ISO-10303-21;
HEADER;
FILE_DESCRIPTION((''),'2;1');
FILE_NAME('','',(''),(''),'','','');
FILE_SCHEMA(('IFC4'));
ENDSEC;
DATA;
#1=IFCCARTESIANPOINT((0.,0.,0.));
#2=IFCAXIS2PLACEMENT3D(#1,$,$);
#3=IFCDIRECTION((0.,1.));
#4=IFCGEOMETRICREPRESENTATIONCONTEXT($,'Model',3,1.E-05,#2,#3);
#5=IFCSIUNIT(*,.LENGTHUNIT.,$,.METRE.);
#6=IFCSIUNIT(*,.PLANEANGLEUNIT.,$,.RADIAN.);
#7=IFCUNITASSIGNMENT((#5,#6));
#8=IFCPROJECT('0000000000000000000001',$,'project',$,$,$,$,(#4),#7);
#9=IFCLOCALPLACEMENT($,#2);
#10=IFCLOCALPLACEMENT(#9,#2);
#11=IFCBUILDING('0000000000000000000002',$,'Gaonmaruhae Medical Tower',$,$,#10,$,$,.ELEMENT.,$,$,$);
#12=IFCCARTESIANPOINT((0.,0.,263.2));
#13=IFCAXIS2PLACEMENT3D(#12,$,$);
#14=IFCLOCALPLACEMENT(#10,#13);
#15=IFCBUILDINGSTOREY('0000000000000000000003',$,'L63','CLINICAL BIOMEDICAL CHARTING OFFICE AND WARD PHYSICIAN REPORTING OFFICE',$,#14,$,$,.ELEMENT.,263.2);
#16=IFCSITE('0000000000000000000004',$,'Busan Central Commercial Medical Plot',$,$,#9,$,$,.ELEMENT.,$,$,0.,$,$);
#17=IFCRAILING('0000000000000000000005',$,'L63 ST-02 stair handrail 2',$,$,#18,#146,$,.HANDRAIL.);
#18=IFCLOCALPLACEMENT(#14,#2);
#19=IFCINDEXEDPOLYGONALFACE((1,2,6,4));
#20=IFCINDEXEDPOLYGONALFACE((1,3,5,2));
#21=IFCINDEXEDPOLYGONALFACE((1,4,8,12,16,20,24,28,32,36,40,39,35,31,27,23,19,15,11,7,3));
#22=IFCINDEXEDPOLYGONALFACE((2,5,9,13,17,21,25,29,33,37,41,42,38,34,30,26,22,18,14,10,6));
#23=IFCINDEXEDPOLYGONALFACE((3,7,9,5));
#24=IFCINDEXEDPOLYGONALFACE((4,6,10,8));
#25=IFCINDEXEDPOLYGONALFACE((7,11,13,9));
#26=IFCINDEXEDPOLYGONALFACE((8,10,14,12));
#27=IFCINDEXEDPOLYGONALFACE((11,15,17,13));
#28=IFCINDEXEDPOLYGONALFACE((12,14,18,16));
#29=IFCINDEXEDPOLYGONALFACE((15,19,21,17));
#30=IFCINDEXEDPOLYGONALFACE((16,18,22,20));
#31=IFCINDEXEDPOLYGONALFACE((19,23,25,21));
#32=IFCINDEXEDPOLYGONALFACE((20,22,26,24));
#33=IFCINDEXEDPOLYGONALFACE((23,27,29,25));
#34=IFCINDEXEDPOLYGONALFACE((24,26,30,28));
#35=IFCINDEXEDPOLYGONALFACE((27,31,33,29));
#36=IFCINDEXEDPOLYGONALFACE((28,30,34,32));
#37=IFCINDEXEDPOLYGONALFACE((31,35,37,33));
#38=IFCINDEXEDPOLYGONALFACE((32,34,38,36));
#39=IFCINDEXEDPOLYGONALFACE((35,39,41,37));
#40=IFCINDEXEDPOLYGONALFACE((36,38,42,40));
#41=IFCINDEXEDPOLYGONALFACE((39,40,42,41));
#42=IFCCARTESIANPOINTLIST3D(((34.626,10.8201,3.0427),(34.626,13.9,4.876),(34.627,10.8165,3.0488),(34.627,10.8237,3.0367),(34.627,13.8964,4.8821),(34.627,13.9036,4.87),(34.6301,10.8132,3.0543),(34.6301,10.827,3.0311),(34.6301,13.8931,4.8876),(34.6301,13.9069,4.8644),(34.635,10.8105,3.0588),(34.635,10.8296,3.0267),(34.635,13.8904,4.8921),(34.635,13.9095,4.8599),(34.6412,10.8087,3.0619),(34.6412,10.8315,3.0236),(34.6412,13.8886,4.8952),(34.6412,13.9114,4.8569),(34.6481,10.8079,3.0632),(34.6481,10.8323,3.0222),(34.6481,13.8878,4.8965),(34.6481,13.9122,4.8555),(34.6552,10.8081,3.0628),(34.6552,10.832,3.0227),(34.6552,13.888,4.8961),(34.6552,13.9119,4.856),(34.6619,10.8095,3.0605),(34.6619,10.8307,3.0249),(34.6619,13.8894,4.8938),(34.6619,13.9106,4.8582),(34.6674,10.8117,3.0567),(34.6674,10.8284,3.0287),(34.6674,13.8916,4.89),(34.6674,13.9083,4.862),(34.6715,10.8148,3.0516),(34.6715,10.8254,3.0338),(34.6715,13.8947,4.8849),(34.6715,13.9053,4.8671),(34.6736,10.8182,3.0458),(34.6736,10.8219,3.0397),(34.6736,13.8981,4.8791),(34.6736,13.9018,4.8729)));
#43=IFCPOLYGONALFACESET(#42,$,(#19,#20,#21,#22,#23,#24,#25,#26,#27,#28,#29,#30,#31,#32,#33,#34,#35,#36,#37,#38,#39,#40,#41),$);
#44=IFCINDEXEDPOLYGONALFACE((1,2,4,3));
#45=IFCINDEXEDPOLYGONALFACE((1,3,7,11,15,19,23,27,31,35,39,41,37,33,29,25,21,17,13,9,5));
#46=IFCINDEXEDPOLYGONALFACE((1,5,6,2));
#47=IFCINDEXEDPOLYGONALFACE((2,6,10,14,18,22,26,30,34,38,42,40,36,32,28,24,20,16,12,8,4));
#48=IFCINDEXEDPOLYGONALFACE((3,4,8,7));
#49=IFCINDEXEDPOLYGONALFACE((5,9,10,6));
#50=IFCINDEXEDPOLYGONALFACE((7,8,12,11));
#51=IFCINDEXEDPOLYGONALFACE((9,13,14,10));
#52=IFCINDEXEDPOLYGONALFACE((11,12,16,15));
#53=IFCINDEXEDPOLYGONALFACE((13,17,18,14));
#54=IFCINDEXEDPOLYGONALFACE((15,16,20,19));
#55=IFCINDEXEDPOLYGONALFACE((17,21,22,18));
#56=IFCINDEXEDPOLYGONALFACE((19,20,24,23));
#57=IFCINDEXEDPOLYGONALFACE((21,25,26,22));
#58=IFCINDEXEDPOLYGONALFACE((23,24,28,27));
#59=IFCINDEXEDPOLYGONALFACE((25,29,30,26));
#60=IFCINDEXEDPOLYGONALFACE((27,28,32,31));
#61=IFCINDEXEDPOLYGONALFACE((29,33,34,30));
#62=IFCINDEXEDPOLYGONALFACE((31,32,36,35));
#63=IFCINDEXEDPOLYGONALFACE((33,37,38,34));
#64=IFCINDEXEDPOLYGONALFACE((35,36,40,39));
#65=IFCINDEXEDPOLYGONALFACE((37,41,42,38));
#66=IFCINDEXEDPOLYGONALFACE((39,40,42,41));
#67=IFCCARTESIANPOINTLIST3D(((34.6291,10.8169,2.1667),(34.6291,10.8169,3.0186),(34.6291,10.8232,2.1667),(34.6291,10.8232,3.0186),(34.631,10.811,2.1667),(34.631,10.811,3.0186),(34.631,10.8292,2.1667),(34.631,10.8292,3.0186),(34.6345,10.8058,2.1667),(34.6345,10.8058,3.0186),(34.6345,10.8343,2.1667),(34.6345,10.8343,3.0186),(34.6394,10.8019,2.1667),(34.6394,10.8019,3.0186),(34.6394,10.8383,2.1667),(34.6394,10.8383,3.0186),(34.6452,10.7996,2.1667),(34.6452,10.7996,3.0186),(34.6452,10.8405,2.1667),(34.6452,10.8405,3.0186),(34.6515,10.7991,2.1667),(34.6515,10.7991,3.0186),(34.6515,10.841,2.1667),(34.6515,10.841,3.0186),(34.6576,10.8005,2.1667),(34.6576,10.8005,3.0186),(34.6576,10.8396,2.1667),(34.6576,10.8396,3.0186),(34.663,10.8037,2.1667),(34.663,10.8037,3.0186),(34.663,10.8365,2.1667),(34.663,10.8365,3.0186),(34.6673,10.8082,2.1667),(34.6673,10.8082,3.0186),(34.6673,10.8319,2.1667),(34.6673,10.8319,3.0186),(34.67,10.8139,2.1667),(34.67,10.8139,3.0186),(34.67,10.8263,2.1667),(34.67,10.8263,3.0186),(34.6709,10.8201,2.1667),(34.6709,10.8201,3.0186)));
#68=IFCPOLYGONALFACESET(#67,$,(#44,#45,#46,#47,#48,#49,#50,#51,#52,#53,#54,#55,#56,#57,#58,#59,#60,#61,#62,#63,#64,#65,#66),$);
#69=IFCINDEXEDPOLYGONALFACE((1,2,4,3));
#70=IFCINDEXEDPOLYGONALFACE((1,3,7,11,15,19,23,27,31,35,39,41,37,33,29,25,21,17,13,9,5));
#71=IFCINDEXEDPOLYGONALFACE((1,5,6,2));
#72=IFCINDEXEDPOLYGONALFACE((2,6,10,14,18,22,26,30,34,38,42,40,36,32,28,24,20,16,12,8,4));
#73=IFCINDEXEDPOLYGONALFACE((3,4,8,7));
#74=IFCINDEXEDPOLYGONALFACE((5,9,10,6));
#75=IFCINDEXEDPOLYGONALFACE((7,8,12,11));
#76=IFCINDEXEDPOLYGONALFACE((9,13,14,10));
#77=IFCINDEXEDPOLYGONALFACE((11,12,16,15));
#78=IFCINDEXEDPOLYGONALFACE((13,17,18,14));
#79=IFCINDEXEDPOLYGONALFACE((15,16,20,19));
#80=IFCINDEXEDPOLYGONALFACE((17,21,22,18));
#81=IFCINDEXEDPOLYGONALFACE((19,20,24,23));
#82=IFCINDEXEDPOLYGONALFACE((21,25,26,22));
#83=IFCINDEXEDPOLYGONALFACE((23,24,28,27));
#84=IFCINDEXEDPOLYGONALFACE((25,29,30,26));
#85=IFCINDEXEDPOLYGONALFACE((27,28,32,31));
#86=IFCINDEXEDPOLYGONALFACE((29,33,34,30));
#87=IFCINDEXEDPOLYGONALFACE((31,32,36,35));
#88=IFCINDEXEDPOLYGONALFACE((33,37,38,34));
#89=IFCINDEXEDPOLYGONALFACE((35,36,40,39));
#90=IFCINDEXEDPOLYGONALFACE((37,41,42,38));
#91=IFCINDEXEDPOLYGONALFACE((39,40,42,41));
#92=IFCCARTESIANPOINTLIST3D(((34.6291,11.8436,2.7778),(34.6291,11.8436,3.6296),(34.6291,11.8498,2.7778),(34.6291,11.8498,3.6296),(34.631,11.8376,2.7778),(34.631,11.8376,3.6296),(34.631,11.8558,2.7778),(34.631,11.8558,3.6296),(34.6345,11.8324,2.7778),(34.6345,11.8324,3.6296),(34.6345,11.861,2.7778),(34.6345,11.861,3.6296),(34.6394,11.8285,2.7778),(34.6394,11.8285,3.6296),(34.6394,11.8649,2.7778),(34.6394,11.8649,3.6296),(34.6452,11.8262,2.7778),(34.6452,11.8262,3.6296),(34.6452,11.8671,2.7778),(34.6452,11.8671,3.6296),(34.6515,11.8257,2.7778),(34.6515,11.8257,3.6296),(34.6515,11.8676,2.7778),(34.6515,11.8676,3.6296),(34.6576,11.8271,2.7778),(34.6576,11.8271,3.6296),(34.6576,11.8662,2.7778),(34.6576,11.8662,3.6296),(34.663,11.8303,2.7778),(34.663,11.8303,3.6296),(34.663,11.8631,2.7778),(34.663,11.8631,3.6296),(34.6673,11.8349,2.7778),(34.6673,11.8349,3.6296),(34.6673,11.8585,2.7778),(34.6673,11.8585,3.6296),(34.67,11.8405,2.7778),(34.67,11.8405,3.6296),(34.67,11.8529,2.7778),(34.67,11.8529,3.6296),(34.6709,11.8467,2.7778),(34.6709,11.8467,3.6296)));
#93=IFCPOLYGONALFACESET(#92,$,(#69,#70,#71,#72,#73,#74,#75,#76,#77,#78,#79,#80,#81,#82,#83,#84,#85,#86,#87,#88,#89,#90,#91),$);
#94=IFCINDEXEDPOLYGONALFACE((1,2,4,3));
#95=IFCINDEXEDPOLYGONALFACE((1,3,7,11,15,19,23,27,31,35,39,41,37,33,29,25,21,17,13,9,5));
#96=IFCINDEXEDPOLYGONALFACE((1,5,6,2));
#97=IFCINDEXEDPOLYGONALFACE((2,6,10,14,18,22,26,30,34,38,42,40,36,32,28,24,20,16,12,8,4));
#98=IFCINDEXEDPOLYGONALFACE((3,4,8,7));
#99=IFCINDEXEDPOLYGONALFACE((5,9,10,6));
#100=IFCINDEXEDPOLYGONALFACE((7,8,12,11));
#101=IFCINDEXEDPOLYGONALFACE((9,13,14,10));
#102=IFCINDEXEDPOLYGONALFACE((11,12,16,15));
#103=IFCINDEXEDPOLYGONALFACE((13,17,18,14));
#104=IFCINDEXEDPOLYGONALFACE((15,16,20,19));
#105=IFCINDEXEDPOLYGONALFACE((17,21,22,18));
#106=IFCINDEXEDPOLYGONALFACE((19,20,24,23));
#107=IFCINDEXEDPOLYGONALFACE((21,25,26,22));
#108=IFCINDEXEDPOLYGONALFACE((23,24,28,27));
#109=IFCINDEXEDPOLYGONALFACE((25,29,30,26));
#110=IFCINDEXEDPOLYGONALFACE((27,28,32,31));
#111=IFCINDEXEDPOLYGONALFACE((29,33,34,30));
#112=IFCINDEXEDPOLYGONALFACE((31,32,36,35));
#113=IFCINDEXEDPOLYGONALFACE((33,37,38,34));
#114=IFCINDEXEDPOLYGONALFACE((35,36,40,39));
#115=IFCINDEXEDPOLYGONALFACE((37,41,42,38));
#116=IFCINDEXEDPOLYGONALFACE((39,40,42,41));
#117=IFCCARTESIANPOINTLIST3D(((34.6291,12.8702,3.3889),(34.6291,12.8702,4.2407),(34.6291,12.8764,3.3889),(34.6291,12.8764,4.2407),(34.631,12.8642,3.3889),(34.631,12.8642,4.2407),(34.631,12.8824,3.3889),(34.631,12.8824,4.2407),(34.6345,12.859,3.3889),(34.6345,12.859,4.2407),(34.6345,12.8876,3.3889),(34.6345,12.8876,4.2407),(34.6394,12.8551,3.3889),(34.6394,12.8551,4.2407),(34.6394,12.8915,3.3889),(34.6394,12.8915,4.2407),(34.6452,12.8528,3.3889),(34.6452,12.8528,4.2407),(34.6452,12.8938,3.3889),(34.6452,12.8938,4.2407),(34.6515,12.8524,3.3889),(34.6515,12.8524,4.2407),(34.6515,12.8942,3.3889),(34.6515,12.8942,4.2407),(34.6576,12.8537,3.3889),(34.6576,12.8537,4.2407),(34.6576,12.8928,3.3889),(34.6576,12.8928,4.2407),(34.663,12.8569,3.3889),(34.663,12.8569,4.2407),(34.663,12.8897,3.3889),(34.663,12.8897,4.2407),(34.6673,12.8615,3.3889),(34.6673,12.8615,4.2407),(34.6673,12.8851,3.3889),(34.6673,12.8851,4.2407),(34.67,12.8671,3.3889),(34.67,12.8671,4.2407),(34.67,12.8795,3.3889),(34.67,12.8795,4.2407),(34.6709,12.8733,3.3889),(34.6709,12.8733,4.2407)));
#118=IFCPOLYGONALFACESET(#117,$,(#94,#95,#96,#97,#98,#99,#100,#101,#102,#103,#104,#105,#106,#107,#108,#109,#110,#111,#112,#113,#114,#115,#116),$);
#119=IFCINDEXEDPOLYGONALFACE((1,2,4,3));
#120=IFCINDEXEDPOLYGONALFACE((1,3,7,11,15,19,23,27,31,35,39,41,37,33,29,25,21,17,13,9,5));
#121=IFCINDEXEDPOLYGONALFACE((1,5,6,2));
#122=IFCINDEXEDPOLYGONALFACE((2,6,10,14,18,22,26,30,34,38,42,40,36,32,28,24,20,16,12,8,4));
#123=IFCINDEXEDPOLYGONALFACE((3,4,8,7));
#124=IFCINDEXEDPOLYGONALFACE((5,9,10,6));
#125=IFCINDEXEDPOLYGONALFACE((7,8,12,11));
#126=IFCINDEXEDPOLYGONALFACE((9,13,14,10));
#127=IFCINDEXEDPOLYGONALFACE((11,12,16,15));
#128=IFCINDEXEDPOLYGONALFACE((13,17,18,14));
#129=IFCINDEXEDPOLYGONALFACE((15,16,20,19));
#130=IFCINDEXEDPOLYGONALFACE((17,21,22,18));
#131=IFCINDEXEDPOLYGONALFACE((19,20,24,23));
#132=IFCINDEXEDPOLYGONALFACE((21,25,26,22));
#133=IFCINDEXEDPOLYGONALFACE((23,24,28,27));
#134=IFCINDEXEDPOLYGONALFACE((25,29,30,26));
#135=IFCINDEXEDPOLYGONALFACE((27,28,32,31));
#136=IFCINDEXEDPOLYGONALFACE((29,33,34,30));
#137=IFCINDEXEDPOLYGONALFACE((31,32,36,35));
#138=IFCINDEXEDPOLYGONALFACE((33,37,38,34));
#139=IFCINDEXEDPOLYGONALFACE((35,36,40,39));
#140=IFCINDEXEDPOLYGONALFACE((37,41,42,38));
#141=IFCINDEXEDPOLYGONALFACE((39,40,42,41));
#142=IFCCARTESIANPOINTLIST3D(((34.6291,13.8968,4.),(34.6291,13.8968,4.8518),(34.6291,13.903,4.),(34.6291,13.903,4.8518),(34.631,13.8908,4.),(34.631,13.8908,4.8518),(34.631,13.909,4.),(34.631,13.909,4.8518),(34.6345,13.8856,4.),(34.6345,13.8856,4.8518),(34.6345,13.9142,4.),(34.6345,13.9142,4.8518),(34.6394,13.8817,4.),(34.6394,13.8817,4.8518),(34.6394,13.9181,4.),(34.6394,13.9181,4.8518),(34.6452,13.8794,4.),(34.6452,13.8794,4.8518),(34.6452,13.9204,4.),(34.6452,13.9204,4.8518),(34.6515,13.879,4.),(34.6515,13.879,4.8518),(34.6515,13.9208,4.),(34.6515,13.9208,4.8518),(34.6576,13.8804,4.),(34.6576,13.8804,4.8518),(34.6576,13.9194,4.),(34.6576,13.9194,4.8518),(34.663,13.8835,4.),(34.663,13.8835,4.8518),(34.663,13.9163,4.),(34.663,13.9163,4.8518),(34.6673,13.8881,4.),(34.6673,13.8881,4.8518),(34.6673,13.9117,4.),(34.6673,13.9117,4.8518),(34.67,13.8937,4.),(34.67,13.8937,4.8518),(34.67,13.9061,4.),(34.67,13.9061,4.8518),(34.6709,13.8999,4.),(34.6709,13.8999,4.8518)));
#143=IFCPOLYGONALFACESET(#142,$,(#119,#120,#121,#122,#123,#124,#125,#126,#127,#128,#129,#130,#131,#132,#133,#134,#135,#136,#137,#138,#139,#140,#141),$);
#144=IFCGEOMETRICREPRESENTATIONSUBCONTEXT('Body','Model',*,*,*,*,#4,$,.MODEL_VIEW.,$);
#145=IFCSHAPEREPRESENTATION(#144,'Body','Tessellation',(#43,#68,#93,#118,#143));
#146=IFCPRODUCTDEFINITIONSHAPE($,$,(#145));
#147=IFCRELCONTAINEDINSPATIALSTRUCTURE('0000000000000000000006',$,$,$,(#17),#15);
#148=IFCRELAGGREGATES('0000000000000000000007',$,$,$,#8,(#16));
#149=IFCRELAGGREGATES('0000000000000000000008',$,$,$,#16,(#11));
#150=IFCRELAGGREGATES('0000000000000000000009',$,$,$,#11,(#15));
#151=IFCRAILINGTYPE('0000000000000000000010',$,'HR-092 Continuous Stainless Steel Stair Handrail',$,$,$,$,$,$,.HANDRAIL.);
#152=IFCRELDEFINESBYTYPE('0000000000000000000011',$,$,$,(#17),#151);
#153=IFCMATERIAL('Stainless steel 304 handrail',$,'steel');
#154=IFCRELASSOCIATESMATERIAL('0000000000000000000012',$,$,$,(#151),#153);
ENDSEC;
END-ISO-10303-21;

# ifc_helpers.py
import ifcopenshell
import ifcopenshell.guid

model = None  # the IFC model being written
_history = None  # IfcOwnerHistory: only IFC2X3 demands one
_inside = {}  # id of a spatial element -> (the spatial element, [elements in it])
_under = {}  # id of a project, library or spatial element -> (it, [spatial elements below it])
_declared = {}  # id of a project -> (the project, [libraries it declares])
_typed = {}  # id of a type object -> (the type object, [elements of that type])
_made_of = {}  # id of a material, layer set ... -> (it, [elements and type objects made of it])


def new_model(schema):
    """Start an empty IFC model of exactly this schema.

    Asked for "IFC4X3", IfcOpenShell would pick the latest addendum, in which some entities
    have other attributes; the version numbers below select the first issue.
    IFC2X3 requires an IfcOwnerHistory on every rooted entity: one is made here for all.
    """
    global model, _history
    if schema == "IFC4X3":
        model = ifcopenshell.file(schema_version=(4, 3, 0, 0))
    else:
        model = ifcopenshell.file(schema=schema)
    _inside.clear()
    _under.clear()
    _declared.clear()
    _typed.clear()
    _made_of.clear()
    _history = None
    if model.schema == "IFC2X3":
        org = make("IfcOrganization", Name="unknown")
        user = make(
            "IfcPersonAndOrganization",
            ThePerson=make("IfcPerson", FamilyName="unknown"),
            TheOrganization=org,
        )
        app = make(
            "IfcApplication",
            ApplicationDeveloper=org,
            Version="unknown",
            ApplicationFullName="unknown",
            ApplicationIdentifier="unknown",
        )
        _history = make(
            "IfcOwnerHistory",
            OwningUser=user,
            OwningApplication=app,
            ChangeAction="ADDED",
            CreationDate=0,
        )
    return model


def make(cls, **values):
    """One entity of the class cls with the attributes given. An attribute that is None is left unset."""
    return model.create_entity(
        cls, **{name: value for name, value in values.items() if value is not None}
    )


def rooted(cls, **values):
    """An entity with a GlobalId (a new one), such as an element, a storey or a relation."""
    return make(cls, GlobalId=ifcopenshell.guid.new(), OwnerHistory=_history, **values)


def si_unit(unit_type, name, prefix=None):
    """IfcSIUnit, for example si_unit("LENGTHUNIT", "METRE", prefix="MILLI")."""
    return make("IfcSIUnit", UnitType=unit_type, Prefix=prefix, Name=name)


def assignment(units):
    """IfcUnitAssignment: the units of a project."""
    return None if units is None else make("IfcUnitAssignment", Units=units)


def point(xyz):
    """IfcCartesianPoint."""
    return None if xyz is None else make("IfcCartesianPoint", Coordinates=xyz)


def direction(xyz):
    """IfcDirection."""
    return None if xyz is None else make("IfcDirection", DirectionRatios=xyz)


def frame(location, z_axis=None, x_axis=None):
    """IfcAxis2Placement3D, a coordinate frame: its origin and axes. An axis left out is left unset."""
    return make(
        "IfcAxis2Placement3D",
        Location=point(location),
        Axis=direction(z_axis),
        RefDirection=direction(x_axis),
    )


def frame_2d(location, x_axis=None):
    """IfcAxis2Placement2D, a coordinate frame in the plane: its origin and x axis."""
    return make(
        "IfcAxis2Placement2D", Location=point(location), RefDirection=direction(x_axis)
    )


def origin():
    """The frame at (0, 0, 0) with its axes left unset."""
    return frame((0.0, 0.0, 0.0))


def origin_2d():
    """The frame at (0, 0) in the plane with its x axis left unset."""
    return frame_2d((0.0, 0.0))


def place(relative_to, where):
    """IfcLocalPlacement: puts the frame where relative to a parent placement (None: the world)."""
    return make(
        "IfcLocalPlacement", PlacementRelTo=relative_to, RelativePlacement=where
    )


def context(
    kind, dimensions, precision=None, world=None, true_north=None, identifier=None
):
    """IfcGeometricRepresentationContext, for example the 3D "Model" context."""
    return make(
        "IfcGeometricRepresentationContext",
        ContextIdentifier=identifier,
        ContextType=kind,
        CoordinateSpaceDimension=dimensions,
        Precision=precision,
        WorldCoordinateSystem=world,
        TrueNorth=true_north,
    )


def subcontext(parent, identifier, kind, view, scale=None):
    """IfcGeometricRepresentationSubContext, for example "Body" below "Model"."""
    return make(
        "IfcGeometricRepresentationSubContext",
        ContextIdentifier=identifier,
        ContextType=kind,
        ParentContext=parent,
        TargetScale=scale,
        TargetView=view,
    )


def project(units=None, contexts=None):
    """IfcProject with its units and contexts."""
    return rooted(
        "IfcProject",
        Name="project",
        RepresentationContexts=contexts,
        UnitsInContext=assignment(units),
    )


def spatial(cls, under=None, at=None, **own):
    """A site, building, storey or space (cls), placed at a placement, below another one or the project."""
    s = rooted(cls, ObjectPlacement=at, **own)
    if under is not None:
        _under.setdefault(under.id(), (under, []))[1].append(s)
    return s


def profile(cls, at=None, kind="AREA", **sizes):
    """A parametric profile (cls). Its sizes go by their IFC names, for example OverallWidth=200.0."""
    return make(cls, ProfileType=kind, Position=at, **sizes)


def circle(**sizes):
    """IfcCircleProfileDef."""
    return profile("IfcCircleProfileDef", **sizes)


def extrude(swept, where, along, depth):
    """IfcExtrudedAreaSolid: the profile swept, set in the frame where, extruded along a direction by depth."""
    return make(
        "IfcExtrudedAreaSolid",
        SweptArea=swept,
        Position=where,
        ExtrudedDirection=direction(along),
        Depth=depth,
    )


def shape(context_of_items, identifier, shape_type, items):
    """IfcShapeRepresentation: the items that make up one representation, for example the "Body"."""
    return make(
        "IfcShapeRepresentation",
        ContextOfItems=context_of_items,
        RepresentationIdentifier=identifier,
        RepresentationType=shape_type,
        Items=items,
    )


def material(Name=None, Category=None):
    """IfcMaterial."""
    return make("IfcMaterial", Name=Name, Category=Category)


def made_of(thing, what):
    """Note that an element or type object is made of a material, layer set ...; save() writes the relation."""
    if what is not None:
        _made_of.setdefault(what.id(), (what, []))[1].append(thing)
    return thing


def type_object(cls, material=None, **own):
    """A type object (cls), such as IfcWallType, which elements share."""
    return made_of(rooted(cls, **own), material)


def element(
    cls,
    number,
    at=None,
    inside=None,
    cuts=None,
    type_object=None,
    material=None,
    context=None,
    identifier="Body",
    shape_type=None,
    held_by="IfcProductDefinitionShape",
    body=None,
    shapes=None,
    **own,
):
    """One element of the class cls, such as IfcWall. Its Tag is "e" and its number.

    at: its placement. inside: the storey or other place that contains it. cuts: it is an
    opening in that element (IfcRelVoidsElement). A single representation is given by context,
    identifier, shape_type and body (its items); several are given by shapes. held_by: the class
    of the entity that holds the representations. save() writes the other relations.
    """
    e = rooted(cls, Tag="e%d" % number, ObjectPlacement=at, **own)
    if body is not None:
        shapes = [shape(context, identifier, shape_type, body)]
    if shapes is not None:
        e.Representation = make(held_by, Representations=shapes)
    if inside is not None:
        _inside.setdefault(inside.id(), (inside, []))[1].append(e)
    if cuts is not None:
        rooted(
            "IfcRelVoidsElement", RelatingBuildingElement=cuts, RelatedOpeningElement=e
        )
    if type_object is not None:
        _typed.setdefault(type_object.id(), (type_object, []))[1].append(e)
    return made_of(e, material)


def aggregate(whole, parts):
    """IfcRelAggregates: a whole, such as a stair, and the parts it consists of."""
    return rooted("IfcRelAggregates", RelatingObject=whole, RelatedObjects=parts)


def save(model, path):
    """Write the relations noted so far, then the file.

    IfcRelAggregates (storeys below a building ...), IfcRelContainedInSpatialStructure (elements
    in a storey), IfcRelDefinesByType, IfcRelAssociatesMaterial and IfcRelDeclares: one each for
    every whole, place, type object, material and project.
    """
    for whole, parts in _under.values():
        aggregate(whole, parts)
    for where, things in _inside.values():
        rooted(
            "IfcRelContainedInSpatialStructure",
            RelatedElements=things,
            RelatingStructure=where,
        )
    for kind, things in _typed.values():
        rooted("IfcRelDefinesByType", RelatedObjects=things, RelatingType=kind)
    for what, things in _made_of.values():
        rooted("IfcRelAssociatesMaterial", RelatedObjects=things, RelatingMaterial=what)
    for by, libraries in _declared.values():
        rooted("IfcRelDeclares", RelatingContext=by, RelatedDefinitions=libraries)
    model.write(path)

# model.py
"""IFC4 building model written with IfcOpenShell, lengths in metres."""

from ifc_helpers import new_model, si_unit, direction, frame, origin, origin_2d, place, context, subcontext, project, spatial, circle, extrude, material, type_object, element, save


model = new_model("IFC4")

# Units and contexts
model_context = context("Model", 3, precision=1e-05, world=origin(), true_north=direction((0.0, 1.0)))
body_context = subcontext(model_context, "Body", "Model", "MODEL_VIEW")
ifc_project = project(units=[si_unit("LENGTHUNIT", "METRE"), si_unit("PLANEANGLEUNIT", "RADIAN")], contexts=[model_context])

# Site, building, storey
site_placement = place(None, origin())
site = spatial("IfcSite", under=ifc_project, at=site_placement, Name="Busan Central Commercial Medical Plot", CompositionType="ELEMENT", RefElevation=0.0)
building_placement = place(site_placement, origin())
building = spatial("IfcBuilding", under=site, at=building_placement, Name="Gaonmaruhae Medical Tower", CompositionType="ELEMENT")
storey_placement = place(building_placement, frame((0.0, 0.0, 263.2)))
storey = spatial("IfcBuildingStorey", under=building, at=storey_placement, Name="L63", Description="CLINICAL BIOMEDICAL CHARTING OFFICE AND WARD PHYSICIAN REPORTING OFFICE", CompositionType="ELEMENT", Elevation=263.2)

# Railing
ifc_material_1 = material(Name="Stainless steel 304 handrail", Category="steel")
railing_type_1 = type_object("IfcRailingType", Name="HR-092 Continuous Stainless Steel Stair Handrail", PredefinedType="HANDRAIL", material=ifc_material_1)
railing_1_placement = place(storey_placement, frame((34.6499, 10.8201, 2.1667)))
element("IfcRailing", 1, at=railing_1_placement, inside=storey, type_object=railing_type_1, Name="L63 ST-02 stair handrail 2", PredefinedType="HANDRAIL", context=body_context, shape_type="SweptSolid", body=[
    extrude(circle(Radius=0.0239, at=origin_2d()), frame((0.0, 0.0, 0.876), z_axis=(0.0, 0.859291, 0.511487), x_axis=(-1.0, 0.0, 0.0)), (0.0, 0.0, 1.0), 3.5842),
    extrude(circle(Radius=0.021, at=origin_2d()), origin(), (0.0, 0.0, 1.0), 0.8518),
    extrude(circle(Radius=0.021, at=origin_2d()), frame((0.0, 1.0266, 0.6111)), (0.0, 0.0, 1.0), 0.8518),
    extrude(circle(Radius=0.021, at=origin_2d()), frame((0.0, 2.0532, 1.2222)), (0.0, 0.0, 1.0), 0.8518),
    extrude(circle(Radius=0.021, at=origin_2d()), frame((0.0, 3.0798, 1.8333)), (0.0, 0.0, 1.0), 0.8518),
])

save(model, "model.ifc")
